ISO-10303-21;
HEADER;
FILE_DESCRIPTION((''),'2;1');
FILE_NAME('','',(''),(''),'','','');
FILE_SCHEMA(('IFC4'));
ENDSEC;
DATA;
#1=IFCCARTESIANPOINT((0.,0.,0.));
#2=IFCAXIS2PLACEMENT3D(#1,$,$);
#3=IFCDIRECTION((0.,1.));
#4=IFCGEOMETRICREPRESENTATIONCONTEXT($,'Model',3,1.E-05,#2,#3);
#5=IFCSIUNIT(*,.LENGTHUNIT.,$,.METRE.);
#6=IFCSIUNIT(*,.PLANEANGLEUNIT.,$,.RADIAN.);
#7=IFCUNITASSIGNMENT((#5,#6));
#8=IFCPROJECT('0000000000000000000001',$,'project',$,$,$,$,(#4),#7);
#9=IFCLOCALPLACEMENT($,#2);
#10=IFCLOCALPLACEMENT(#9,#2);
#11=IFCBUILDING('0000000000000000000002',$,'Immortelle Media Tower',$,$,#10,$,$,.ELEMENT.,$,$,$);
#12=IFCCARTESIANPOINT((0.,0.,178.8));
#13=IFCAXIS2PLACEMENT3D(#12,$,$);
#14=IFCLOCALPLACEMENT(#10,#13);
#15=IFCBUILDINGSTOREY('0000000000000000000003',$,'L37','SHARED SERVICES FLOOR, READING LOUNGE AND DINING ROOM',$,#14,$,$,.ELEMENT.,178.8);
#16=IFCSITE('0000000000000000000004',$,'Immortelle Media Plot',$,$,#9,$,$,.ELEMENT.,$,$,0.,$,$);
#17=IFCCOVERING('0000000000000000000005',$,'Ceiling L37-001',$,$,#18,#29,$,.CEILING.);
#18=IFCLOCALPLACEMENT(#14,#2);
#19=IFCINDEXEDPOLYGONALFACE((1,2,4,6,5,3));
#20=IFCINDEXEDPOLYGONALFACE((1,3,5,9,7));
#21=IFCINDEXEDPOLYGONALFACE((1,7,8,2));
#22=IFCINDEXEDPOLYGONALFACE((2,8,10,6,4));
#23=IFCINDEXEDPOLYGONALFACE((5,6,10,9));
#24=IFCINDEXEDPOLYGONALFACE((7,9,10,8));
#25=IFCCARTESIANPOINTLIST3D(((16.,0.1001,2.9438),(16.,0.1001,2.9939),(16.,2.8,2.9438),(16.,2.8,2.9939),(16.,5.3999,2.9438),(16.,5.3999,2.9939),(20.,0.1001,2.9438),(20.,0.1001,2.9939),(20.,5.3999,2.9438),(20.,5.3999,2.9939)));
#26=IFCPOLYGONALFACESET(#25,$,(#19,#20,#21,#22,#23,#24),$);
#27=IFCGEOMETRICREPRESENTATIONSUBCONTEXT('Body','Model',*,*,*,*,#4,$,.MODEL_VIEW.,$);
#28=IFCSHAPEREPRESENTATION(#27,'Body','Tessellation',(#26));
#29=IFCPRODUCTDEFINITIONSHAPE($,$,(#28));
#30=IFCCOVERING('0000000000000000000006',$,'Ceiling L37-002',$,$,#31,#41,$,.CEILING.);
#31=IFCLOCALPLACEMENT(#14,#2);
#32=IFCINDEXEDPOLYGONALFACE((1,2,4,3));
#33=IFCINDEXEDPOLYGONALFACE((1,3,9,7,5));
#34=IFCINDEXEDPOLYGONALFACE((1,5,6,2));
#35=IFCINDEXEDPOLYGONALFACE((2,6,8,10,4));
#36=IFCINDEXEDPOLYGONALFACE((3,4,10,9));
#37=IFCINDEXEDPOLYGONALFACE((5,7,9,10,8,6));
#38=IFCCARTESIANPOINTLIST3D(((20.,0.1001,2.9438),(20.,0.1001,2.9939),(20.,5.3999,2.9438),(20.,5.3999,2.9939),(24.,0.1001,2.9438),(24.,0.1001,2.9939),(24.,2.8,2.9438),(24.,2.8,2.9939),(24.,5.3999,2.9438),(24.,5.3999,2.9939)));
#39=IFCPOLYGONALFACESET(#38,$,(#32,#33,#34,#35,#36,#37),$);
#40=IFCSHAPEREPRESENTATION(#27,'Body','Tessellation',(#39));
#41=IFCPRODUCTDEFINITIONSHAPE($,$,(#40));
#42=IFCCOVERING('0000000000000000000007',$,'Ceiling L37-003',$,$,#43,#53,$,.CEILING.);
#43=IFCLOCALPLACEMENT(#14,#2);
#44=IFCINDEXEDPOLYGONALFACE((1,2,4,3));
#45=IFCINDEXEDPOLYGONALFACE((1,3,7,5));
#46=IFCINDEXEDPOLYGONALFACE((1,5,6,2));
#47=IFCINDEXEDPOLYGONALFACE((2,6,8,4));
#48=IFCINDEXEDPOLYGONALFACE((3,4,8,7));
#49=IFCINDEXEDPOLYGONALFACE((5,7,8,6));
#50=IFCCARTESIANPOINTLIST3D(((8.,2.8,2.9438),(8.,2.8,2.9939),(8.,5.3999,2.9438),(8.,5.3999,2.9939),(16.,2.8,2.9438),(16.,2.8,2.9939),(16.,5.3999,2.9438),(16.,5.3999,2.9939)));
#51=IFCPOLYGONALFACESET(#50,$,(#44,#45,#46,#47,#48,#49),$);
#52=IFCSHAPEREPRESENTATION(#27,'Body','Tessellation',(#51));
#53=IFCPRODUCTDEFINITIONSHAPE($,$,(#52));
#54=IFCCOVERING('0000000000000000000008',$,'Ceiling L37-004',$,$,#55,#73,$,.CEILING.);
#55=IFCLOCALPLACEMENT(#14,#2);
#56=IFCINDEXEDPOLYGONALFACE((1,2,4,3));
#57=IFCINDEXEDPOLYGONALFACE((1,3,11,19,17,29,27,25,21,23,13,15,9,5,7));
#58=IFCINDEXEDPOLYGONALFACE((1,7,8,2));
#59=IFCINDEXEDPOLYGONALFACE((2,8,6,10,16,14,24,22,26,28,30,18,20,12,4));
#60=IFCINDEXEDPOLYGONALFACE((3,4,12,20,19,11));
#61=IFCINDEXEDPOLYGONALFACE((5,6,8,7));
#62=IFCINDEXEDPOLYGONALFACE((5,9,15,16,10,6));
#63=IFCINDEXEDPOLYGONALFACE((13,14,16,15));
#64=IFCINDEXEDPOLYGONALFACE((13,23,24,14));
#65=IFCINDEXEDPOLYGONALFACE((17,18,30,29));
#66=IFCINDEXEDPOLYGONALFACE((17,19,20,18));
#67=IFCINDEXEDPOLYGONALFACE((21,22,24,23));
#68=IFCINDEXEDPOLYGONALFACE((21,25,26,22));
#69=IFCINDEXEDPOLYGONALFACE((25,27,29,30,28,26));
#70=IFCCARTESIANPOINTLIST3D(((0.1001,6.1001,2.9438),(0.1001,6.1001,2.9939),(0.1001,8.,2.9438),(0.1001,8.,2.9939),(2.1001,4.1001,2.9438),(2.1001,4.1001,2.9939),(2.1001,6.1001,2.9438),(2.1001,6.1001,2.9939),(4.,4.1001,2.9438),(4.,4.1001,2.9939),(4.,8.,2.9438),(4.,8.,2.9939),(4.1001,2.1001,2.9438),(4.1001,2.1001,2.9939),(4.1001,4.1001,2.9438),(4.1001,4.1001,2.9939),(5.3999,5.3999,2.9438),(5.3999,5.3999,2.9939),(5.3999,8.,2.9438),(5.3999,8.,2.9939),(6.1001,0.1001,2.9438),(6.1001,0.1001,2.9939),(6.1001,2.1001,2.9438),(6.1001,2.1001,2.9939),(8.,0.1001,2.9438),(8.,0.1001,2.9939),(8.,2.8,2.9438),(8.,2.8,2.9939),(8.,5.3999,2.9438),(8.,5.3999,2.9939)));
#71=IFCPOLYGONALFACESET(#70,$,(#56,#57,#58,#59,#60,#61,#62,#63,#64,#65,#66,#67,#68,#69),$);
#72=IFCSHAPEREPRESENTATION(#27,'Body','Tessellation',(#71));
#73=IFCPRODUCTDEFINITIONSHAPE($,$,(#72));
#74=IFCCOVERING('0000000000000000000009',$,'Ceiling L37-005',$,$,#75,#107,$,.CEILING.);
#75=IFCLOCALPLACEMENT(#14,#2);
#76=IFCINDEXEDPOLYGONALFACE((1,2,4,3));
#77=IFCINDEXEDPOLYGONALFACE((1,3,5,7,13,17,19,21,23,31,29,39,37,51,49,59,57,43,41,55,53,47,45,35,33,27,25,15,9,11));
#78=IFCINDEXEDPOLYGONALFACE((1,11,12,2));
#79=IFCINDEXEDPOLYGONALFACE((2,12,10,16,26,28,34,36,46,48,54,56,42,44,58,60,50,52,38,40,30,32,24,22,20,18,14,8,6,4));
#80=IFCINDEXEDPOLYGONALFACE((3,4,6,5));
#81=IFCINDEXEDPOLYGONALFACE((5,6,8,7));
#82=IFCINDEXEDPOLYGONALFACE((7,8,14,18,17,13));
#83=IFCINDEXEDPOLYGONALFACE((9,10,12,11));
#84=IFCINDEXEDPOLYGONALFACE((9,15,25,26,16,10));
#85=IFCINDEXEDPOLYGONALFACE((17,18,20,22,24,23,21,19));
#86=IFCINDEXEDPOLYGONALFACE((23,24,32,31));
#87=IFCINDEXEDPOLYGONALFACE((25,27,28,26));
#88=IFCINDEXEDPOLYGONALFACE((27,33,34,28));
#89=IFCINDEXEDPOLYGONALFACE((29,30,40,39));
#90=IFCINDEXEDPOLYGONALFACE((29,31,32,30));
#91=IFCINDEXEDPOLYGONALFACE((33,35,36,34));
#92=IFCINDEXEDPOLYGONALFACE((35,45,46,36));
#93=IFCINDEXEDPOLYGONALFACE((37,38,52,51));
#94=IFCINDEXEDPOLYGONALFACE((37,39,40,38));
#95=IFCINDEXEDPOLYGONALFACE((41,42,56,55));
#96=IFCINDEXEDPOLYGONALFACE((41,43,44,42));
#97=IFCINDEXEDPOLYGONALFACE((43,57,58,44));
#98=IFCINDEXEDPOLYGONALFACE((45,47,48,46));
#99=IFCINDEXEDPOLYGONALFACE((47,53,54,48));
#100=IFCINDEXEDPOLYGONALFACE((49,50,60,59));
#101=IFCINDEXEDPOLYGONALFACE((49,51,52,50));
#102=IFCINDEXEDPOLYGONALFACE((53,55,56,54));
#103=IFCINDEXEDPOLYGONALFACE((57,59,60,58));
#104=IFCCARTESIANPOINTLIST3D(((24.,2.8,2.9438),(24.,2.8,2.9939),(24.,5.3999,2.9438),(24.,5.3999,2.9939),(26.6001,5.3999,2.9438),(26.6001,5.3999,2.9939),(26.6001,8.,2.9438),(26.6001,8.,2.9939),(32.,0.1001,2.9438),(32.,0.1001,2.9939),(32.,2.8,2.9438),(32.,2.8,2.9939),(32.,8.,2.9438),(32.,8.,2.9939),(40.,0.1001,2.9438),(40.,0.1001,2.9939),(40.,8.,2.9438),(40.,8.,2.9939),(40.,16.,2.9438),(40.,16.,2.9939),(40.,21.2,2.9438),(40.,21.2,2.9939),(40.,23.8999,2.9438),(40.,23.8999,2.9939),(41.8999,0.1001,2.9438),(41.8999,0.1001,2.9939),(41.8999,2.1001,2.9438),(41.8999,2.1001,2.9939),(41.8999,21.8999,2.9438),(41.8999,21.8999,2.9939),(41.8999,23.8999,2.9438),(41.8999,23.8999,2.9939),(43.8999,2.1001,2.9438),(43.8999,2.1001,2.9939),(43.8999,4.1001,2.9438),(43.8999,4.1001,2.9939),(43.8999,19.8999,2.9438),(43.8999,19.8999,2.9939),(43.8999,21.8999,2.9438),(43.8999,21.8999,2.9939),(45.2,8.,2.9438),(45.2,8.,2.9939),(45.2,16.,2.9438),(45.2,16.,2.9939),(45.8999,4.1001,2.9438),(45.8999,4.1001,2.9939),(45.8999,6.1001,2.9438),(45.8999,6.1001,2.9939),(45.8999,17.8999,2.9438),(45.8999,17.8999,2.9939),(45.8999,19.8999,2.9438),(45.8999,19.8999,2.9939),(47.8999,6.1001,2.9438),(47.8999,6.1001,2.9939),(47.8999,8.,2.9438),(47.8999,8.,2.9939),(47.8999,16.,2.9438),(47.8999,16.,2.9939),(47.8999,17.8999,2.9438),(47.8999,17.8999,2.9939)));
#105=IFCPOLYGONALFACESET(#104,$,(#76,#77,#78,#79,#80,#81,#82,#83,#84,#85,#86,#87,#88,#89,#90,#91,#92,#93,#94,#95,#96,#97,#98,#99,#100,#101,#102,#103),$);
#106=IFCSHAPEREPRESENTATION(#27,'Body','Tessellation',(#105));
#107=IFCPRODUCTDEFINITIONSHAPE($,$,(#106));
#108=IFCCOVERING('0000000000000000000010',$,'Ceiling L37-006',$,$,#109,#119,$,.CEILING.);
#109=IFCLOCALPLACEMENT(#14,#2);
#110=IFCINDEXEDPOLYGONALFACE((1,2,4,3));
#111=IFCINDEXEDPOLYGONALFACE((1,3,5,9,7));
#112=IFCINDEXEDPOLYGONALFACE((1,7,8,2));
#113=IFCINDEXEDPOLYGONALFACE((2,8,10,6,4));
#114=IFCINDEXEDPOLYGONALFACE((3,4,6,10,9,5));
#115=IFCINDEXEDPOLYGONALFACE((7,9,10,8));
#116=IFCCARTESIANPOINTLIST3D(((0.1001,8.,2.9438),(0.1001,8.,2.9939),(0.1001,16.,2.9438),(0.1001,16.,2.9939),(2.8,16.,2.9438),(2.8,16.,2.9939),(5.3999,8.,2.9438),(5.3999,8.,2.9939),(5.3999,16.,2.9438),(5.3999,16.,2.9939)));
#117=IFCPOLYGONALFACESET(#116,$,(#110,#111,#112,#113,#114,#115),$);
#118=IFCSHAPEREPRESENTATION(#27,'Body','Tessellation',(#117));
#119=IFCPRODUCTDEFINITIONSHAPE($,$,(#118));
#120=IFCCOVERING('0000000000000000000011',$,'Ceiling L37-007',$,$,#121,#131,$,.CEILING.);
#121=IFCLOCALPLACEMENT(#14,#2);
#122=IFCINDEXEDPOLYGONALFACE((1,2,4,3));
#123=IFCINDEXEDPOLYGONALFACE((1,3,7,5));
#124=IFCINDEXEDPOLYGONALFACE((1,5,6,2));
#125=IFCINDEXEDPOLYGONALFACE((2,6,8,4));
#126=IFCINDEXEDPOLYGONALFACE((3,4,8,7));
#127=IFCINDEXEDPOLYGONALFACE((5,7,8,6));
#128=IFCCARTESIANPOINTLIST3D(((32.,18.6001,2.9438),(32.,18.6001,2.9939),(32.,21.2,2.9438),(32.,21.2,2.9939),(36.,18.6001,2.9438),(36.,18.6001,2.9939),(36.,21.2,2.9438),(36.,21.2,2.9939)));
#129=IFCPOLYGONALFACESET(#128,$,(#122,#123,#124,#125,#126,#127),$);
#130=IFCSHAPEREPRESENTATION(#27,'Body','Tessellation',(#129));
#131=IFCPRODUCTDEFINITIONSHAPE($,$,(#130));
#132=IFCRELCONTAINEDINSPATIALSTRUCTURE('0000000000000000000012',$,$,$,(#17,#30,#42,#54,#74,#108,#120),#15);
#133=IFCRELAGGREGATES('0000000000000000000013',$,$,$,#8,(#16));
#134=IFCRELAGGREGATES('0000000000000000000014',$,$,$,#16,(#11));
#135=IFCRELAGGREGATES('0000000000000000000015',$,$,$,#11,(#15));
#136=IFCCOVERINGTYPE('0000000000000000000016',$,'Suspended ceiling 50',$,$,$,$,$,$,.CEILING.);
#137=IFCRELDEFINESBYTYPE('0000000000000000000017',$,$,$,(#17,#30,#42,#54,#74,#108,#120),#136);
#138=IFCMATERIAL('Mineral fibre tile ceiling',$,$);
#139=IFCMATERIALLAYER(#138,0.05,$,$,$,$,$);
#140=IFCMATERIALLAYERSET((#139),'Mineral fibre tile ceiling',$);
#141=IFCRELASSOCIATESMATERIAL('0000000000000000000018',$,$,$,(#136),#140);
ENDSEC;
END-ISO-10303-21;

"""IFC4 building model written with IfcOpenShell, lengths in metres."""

from ifc_helpers import new_model, si_unit, direction, frame, origin, place, context, subcontext, project, spatial, polyline, outline, extrude, material, layer, layer_set, type_object, element, save


model = new_model("IFC4")

# Units and contexts
model_context = context("Model", 3, precision=1e-05, world=origin(), true_north=direction((0.0, 1.0)))
body_context = subcontext(model_context, "Body", "Model", "MODEL_VIEW")
ifc_project = project(units=[si_unit("LENGTHUNIT", "METRE"), si_unit("PLANEANGLEUNIT", "RADIAN")], contexts=[model_context])

# Site, building, storey
site_placement = place(None, origin())
site = spatial("IfcSite", under=ifc_project, at=site_placement, Name="Immortelle Media Plot", CompositionType="ELEMENT", RefElevation=0.0)
building_placement = place(site_placement, origin())
building = spatial("IfcBuilding", under=site, at=building_placement, Name="Immortelle Media Tower", CompositionType="ELEMENT")
storey_placement = place(building_placement, frame((0.0, 0.0, 178.8)))
storey = spatial("IfcBuildingStorey", under=building, at=storey_placement, Name="L37", Description="SHARED SERVICES FLOOR, READING LOUNGE AND DINING ROOM", CompositionType="ELEMENT", Elevation=178.8)

# Coverings
ifc_material_1 = material(Name="Mineral fibre tile ceiling")
ifc_layer_1 = layer(ifc_material_1, 0.05)
ifc_layer_set_1 = layer_set([ifc_layer_1], Name="Mineral fibre tile ceiling")
covering_type = type_object("IfcCoveringType", Name="Suspended ceiling 50", PredefinedType="CEILING", material=ifc_layer_set_1)
covering_1_placement = place(storey_placement, frame((0.0, 0.0, 2.9438)))
element("IfcCovering", 1, at=covering_1_placement, inside=storey, type_object=covering_type, Name="Ceiling L37-001", PredefinedType="CEILING", context=body_context, shape_type="SweptSolid", body=[
    extrude(outline(polyline([(16.0, 2.8), (16.0, 5.3999), (20.0, 5.3999), (20.0, 0.1001), (16.0, 0.1001), (16.0, 2.8)])), origin(), (0.0, 0.0, 1.0), 0.05),
])
covering_2_placement = place(storey_placement, frame((0.0, 0.0, 2.9438)))
element("IfcCovering", 2, at=covering_2_placement, inside=storey, type_object=covering_type, Name="Ceiling L37-002", PredefinedType="CEILING", context=body_context, shape_type="SweptSolid", body=[
    extrude(outline(polyline([(24.0, 5.3999), (24.0, 2.8), (24.0, 0.1001), (20.0, 0.1001), (20.0, 5.3999), (24.0, 5.3999)])), origin(), (0.0, 0.0, 1.0), 0.05),
])
covering_3_placement = place(storey_placement, frame((0.0, 0.0, 2.9438)))
element("IfcCovering", 3, at=covering_3_placement, inside=storey, type_object=covering_type, Name="Ceiling L37-003", PredefinedType="CEILING", context=body_context, shape_type="SweptSolid", body=[
    extrude(outline(polyline([(8.0, 2.8), (8.0, 5.3999), (16.0, 5.3999), (16.0, 2.8), (8.0, 2.8)])), origin(), (0.0, 0.0, 1.0), 0.05),
])
covering_4_placement = place(storey_placement, frame((0.0, 0.0, 2.9438)))
element("IfcCovering", 4, at=covering_4_placement, inside=storey, type_object=covering_type, Name="Ceiling L37-004", PredefinedType="CEILING", context=body_context, shape_type="SweptSolid", body=[
    extrude(outline(polyline([(4.1001, 2.1001), (4.1001, 4.1001), (4.0, 4.1001), (2.1001, 4.1001), (2.1001, 6.1001), (0.1001, 6.1001), (0.1001, 8.0), (4.0, 8.0), (5.3999, 8.0), (5.3999, 5.3999), (8.0, 5.3999), (8.0, 2.8), (8.0, 0.1001), (6.1001, 0.1001), (6.1001, 2.1001), (4.1001, 2.1001)])), origin(), (0.0, 0.0, 1.0), 0.05),
])
covering_5_placement = place(storey_placement, frame((0.0, 0.0, 2.9438)))
element("IfcCovering", 5, at=covering_5_placement, inside=storey, type_object=covering_type, Name="Ceiling L37-005", PredefinedType="CEILING", context=body_context, shape_type="SweptSolid", body=[
    extrude(outline(polyline([(26.6001, 5.3999), (26.6001, 8.0), (32.0, 8.0), (40.0, 8.0), (40.0, 16.0), (40.0, 21.2), (40.0, 23.8999), (41.8999, 23.8999), (41.8999, 21.8999), (43.8999, 21.8999), (43.8999, 19.8999), (45.8999, 19.8999), (45.8999, 17.8999), (47.8999, 17.8999), (47.8999, 16.0), (45.2, 16.0), (45.2, 8.0), (47.8999, 8.0), (47.8999, 6.1001), (45.8999, 6.1001), (45.8999, 4.1001), (43.8999, 4.1001), (43.8999, 2.1001), (41.8999, 2.1001), (41.8999, 0.1001), (40.0, 0.1001), (32.0, 0.1001), (32.0, 2.8), (24.0, 2.8), (24.0, 5.3999), (26.6001, 5.3999)])), origin(), (0.0, 0.0, 1.0), 0.05),
])
covering_6_placement = place(storey_placement, frame((0.0, 0.0, 2.9438)))
element("IfcCovering", 6, at=covering_6_placement, inside=storey, type_object=covering_type, Name="Ceiling L37-006", PredefinedType="CEILING", context=body_context, shape_type="SweptSolid", body=[
    extrude(outline(polyline([(5.3999, 8.0), (0.1001, 8.0), (0.1001, 16.0), (2.8, 16.0), (5.3999, 16.0), (5.3999, 8.0)])), origin(), (0.0, 0.0, 1.0), 0.05),
])
covering_7_placement = place(storey_placement, frame((0.0, 0.0, 2.9438)))
element("IfcCovering", 7, at=covering_7_placement, inside=storey, type_object=covering_type, Name="Ceiling L37-007", PredefinedType="CEILING", context=body_context, shape_type="SweptSolid", body=[
    extrude(outline(polyline([(32.0, 18.6001), (32.0, 21.2), (36.0, 21.2), (36.0, 18.6001), (32.0, 18.6001)])), origin(), (0.0, 0.0, 1.0), 0.05),
])

save(model, "model.ifc")
